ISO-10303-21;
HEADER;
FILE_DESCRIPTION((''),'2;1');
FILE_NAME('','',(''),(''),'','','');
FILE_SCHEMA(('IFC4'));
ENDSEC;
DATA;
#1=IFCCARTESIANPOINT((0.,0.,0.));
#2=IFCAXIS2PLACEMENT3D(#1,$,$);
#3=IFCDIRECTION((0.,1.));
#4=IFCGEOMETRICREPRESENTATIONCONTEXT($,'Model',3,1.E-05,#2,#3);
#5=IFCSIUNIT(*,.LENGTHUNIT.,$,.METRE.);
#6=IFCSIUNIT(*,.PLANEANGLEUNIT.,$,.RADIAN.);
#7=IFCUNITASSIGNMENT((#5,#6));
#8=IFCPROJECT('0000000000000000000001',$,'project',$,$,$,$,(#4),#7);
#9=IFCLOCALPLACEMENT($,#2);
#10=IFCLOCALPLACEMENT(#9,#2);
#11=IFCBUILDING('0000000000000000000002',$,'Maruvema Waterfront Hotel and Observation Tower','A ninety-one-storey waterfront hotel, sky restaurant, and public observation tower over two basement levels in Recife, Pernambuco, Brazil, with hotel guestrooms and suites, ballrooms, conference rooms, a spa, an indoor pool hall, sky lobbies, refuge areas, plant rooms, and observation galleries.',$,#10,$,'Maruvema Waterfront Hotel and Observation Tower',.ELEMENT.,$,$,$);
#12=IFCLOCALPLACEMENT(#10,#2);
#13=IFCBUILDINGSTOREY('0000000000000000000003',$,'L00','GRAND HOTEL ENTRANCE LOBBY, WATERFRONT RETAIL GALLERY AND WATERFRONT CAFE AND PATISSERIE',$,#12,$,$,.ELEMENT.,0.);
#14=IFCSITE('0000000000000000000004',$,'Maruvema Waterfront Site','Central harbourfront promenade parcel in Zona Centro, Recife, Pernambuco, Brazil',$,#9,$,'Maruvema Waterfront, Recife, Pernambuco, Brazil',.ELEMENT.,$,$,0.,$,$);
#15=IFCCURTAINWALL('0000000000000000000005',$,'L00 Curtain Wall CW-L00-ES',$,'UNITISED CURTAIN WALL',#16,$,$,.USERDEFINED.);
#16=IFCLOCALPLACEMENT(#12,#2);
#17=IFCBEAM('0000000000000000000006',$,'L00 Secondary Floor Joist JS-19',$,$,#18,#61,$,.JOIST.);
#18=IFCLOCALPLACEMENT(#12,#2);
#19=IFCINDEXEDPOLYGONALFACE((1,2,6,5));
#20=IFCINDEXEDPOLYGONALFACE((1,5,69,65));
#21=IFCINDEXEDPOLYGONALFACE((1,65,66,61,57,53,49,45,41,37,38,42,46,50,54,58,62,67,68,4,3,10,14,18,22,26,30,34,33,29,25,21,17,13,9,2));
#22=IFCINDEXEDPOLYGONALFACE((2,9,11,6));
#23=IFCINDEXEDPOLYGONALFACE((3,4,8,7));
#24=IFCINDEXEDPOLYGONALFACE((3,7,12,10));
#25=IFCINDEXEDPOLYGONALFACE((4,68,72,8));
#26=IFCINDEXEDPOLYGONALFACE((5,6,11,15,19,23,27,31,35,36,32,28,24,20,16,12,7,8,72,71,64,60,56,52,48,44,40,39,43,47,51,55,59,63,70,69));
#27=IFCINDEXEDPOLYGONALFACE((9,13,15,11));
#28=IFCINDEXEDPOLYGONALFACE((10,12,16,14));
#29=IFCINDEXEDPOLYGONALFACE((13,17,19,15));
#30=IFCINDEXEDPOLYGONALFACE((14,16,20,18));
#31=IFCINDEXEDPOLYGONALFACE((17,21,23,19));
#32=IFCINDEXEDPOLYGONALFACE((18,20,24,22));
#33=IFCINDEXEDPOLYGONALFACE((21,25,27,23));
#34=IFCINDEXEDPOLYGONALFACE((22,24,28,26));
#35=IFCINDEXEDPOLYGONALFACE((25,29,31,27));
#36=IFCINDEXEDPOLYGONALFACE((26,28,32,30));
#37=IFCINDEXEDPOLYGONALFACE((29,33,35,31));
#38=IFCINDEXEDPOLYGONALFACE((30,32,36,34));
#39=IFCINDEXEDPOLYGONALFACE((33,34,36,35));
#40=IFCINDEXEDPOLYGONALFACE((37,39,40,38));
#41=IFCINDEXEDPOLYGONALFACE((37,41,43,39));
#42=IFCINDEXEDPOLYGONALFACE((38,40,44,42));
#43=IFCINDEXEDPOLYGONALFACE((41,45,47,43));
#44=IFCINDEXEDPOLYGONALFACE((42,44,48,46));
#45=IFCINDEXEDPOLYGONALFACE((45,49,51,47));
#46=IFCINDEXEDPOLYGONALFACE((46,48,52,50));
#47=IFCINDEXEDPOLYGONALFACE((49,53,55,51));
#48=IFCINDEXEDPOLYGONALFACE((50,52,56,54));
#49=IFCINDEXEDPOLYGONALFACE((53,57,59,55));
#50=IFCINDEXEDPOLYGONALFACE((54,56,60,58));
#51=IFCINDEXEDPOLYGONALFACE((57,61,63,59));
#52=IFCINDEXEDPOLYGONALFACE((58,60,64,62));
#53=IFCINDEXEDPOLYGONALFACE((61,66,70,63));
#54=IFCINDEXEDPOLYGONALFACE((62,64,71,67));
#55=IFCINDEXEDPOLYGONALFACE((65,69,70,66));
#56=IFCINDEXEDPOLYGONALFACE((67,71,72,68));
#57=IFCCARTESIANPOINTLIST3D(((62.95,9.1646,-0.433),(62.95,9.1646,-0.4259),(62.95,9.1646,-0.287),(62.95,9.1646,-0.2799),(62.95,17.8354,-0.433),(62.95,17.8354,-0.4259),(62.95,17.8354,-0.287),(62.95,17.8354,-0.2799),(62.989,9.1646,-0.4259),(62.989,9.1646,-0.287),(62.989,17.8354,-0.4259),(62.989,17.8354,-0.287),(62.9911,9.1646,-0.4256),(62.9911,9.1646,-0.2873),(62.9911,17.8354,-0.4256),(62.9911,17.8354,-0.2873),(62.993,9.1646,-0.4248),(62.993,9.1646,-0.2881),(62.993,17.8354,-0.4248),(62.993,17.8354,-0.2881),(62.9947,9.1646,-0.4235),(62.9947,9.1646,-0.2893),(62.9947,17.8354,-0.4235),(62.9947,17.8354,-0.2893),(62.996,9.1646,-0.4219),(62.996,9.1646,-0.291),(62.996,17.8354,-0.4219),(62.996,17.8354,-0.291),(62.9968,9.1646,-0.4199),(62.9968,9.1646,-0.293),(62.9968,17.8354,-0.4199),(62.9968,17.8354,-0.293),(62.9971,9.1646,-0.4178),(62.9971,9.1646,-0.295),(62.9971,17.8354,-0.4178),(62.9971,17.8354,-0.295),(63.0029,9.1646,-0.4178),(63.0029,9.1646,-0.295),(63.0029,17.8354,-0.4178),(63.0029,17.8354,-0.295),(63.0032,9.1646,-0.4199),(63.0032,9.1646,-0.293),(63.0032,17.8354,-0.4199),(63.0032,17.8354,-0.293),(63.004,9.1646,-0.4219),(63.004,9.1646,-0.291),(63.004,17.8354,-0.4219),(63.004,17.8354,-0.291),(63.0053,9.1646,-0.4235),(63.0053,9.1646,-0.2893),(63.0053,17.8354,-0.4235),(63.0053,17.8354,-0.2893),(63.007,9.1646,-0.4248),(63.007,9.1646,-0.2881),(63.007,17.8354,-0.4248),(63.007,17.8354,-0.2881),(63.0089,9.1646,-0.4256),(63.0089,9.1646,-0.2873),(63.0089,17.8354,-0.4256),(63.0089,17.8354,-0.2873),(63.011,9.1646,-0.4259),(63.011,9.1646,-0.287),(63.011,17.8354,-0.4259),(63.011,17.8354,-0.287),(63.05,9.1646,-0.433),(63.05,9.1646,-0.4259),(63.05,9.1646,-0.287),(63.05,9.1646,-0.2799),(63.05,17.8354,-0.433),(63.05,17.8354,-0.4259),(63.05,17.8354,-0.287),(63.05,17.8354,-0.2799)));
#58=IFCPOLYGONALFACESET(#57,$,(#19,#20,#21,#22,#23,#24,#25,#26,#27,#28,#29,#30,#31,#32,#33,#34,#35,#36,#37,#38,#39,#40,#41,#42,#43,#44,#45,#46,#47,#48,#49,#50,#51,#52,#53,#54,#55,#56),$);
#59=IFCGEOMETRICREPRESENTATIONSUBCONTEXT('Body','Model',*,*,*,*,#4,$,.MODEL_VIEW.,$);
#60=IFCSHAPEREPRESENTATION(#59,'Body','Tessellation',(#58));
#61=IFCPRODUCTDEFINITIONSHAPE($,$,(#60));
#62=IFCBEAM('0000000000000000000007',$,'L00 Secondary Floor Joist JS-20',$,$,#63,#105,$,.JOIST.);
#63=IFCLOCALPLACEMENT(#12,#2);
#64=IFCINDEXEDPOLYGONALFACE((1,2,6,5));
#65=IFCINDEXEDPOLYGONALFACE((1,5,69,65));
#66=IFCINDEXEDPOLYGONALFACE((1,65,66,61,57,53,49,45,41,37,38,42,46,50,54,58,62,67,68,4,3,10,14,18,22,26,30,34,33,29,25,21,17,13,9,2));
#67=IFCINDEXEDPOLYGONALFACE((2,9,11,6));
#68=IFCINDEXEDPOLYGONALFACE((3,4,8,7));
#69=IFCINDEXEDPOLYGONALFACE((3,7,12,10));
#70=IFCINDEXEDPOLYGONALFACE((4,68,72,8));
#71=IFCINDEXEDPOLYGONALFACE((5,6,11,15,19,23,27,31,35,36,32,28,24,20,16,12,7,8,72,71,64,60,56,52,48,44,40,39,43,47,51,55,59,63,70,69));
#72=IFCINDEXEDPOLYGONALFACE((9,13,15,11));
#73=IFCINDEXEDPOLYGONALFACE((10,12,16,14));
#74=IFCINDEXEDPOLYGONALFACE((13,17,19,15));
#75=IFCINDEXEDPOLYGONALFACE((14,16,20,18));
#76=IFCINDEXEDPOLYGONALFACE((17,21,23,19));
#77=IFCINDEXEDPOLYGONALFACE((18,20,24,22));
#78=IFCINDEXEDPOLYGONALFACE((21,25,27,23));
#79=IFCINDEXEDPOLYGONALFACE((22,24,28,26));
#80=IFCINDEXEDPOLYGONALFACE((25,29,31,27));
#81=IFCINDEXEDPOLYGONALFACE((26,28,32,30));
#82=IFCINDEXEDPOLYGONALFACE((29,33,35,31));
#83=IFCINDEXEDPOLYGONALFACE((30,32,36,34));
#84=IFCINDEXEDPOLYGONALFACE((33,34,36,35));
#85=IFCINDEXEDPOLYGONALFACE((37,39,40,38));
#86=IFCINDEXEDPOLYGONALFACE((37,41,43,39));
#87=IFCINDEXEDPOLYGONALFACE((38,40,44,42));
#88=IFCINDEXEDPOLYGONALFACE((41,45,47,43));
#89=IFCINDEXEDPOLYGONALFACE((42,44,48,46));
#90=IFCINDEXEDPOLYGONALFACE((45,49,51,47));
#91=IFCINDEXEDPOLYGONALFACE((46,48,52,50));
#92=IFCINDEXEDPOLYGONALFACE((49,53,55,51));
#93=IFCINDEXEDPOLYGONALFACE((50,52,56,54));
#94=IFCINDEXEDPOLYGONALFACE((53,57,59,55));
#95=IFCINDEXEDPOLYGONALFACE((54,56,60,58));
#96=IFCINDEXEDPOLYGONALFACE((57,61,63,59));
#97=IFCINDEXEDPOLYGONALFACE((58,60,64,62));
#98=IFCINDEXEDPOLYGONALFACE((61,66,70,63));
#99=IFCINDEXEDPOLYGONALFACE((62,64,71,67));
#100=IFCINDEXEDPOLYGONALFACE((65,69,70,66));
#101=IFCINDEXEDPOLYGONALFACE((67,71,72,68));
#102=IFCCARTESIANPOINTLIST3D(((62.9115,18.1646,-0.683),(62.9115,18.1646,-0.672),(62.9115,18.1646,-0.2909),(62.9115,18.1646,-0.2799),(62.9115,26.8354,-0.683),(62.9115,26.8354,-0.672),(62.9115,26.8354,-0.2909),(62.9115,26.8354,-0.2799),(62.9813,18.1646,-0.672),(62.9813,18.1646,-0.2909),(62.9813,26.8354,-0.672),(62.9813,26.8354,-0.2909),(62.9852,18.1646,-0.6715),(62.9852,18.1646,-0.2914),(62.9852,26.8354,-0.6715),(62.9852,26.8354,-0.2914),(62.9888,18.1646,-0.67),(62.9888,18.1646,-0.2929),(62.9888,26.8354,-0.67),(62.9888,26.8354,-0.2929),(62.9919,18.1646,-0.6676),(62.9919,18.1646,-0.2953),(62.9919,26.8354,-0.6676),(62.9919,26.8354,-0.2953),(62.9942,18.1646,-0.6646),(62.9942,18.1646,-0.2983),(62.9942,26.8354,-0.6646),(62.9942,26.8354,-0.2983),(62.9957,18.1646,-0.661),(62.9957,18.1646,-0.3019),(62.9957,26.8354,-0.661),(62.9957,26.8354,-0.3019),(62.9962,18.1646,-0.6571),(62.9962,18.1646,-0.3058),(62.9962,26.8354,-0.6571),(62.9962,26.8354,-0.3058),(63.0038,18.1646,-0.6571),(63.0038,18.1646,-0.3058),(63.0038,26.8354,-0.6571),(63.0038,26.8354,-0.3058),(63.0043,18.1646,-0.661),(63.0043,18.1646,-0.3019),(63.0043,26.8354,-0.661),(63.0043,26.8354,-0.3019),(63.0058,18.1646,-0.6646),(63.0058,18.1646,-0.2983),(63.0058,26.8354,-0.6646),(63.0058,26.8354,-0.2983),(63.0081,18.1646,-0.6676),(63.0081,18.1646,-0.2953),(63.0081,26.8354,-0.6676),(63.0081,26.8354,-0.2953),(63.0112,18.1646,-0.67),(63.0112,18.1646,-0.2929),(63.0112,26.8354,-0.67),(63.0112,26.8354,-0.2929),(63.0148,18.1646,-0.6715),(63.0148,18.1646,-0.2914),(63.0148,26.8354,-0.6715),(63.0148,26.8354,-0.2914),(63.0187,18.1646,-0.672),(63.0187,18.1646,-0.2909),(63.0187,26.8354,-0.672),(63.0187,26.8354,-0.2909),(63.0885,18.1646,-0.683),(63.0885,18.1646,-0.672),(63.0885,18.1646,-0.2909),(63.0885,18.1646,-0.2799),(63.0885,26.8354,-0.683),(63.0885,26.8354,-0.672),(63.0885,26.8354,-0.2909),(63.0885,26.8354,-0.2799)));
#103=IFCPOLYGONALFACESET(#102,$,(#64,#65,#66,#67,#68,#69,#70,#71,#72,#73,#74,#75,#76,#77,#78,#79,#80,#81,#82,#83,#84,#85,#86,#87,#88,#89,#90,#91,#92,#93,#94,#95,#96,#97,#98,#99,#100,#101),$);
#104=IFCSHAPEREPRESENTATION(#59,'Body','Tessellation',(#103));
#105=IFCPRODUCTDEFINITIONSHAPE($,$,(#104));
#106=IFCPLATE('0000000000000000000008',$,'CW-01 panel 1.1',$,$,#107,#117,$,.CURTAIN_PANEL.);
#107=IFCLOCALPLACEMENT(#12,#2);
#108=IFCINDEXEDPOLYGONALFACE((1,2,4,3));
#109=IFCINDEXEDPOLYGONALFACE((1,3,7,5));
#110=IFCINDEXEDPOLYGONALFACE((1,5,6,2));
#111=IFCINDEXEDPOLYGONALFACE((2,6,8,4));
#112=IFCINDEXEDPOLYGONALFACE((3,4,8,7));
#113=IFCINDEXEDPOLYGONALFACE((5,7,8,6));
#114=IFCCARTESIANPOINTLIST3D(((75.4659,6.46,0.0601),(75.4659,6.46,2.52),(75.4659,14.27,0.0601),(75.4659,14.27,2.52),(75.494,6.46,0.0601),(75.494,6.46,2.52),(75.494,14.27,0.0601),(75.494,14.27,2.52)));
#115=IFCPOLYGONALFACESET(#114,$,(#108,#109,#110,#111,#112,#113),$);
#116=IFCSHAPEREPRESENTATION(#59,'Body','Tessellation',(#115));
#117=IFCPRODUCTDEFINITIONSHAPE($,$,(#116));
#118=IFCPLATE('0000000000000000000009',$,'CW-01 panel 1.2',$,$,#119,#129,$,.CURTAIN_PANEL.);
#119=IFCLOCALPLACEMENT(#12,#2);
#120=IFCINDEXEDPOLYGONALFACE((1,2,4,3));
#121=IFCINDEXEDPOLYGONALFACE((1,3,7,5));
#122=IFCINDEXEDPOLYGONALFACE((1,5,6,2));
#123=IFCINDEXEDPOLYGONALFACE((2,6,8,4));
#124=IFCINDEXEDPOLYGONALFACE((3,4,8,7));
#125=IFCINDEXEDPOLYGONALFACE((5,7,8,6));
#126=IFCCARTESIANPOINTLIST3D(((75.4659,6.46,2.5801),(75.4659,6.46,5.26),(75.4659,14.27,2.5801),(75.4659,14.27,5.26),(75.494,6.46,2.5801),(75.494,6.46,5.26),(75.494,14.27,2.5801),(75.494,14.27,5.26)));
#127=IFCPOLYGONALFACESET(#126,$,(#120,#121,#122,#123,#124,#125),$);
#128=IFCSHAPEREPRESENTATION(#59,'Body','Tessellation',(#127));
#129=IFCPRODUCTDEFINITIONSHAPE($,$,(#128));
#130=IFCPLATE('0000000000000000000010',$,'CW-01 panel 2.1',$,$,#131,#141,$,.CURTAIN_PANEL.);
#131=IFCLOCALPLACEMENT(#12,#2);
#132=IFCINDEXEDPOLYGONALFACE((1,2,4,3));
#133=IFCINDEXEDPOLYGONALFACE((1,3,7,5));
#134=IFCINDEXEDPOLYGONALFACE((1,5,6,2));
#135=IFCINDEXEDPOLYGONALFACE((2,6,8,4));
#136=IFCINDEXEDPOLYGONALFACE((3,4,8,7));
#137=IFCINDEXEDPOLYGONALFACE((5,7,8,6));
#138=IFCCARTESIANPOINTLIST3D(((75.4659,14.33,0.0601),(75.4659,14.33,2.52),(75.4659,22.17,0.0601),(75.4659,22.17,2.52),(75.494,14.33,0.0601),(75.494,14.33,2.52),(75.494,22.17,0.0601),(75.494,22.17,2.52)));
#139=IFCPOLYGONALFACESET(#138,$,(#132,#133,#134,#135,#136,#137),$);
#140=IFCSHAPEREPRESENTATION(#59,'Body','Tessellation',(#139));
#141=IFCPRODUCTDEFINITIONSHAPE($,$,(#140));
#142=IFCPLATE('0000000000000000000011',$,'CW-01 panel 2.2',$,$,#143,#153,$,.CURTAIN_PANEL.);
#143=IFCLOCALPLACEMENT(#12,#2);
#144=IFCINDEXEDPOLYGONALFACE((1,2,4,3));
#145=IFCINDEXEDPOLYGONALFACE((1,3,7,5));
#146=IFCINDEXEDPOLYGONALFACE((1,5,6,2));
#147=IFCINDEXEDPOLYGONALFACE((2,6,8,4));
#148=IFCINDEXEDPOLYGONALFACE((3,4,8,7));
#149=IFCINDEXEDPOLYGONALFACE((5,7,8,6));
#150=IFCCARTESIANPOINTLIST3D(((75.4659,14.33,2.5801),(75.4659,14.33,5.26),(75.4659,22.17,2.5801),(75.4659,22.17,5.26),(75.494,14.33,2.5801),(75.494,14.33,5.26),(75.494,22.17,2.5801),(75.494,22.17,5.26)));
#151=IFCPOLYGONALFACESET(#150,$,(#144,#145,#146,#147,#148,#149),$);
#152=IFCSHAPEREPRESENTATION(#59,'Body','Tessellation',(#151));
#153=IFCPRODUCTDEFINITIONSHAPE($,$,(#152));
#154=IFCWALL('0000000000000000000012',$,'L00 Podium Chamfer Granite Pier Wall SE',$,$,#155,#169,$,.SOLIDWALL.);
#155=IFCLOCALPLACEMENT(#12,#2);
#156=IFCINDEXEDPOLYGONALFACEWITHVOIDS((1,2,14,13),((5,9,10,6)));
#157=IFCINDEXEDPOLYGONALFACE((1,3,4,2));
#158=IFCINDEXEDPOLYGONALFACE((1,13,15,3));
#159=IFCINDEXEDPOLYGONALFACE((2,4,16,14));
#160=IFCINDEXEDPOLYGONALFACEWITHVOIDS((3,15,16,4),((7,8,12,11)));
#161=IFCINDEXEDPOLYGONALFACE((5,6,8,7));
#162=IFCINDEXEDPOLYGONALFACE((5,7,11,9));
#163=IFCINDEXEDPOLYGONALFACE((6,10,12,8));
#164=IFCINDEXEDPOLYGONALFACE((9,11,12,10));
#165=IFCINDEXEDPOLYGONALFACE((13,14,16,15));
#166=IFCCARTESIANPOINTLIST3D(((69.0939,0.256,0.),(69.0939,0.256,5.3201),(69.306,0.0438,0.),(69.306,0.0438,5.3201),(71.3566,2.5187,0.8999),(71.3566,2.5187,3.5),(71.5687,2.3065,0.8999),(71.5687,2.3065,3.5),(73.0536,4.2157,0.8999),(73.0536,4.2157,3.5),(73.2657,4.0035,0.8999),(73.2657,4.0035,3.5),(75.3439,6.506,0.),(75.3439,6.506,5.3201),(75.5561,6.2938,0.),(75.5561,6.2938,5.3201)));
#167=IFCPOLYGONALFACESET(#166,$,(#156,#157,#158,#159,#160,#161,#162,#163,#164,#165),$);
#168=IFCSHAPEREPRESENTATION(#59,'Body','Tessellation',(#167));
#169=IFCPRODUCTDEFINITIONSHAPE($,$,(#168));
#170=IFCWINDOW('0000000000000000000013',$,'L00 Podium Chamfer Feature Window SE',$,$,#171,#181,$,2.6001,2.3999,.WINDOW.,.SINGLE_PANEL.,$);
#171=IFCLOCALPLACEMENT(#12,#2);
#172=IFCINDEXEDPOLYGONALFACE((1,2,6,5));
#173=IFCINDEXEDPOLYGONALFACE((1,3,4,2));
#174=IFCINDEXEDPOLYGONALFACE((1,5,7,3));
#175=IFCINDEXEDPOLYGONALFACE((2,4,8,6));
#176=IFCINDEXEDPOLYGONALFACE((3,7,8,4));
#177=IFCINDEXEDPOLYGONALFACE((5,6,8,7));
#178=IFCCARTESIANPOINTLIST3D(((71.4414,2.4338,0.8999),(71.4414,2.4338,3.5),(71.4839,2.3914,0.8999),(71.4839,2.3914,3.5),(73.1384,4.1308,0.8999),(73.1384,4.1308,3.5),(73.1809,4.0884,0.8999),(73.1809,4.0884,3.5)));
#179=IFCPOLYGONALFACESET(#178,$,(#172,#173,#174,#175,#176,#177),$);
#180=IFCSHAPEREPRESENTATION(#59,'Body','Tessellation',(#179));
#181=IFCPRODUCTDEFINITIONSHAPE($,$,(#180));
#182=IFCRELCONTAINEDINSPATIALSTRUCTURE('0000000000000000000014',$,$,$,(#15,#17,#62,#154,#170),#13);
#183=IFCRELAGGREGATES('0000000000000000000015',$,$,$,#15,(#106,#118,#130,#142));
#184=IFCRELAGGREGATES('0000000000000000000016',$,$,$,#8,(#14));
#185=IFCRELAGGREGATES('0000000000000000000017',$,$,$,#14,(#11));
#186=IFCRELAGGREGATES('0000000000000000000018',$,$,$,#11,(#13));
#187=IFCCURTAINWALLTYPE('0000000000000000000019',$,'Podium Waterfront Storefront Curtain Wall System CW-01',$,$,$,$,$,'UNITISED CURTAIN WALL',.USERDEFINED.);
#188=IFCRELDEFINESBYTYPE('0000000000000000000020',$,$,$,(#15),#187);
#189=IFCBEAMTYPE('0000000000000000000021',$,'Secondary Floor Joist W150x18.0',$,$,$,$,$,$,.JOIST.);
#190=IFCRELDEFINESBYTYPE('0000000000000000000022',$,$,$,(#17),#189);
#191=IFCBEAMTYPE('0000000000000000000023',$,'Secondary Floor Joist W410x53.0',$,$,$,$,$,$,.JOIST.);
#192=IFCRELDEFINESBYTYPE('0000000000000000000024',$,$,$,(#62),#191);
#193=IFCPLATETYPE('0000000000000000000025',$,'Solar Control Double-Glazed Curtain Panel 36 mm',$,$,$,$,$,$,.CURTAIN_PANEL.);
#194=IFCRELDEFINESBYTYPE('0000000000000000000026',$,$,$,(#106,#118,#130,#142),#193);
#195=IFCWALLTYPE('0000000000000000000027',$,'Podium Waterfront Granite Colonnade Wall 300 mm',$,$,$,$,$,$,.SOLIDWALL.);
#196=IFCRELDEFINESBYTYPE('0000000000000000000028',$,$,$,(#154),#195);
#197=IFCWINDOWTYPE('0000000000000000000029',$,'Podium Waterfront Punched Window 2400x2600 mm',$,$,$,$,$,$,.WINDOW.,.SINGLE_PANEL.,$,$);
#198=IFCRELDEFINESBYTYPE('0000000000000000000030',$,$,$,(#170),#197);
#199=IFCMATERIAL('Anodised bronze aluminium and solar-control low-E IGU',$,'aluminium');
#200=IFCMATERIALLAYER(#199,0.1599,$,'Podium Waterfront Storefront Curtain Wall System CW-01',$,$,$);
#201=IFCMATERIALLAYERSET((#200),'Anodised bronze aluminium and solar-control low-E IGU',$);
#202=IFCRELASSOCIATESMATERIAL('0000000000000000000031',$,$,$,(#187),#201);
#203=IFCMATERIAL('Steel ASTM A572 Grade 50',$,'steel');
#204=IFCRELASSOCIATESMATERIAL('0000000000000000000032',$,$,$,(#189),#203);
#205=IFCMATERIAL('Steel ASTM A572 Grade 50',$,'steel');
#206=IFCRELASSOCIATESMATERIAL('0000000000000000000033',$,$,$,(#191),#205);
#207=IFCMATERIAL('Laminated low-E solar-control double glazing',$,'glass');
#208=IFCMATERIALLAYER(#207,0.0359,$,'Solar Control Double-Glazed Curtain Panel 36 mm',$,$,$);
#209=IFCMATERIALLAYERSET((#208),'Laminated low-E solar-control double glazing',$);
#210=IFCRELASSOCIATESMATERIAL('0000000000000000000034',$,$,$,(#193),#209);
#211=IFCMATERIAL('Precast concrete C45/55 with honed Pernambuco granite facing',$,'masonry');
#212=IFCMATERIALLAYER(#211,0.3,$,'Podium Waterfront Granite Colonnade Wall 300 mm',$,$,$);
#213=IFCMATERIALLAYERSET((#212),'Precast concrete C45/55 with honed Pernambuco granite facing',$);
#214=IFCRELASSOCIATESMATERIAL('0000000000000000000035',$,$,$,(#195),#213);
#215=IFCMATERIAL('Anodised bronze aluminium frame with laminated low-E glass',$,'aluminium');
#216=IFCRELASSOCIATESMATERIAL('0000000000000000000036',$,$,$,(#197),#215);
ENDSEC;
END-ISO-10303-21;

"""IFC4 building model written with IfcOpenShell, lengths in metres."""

from ifc_helpers import new_model, si_unit, direction, frame, frame_2d, origin, origin_2d, place, context, subcontext, project, spatial, rectangle, i_section, extrude, material, layer, layer_set, material_profile, profile_set, type_object, element, fill, aggregate, save


model = new_model("IFC4")

# Units and contexts
model_context = context("Model", 3, precision=1e-05, world=origin(), true_north=direction((0.0, 1.0)))
body_context = subcontext(model_context, "Body", "Model", "MODEL_VIEW")
ifc_project = project(units=[si_unit("LENGTHUNIT", "METRE"), si_unit("PLANEANGLEUNIT", "RADIAN")], contexts=[model_context])

# Site, building, storey
site_placement = place(None, origin())
site = spatial("IfcSite", under=ifc_project, at=site_placement, Name="Maruvema Waterfront Site", Description="Central harbourfront promenade parcel in Zona Centro, Recife, Pernambuco, Brazil", LongName="Maruvema Waterfront, Recife, Pernambuco, Brazil", CompositionType="ELEMENT", RefElevation=0.0)
building_placement = place(site_placement, origin())
building = spatial("IfcBuilding", under=site, at=building_placement, Name="Maruvema Waterfront Hotel and Observation Tower", Description="A ninety-one-storey waterfront hotel, sky restaurant, and public observation tower over two basement levels in Recife, Pernambuco, Brazil, with hotel guestrooms and suites, ballrooms, conference rooms, a spa, an indoor pool hall, sky lobbies, refuge areas, plant rooms, and observation galleries.", LongName="Maruvema Waterfront Hotel and Observation Tower", CompositionType="ELEMENT")
storey_placement = place(building_placement, origin())
storey = spatial("IfcBuildingStorey", under=building, at=storey_placement, Name="L00", Description="GRAND HOTEL ENTRANCE LOBBY, WATERFRONT RETAIL GALLERY AND WATERFRONT CAFE AND PATISSERIE", CompositionType="ELEMENT", Elevation=0.0)

# Curtain wall
ifc_material_1 = material(Name="Anodised bronze aluminium and solar-control low-E IGU", Category="aluminium")
ifc_layer_1 = layer(ifc_material_1, 0.1599, Name="Podium Waterfront Storefront Curtain Wall System CW-01")
ifc_layer_set_1 = layer_set([ifc_layer_1], Name="Anodised bronze aluminium and solar-control low-E IGU")
curtain_wall_type = type_object("IfcCurtainWallType", Name="Podium Waterfront Storefront Curtain Wall System CW-01", ElementType="UNITISED CURTAIN WALL", PredefinedType="USERDEFINED", material=ifc_layer_set_1)
curtain_wall_placement = place(storey_placement, origin())
curtain_wall = element("IfcCurtainWall", 1, at=curtain_wall_placement, inside=storey, type_object=curtain_wall_type, Name="L00 Curtain Wall CW-L00-ES", ObjectType="UNITISED CURTAIN WALL", PredefinedType="USERDEFINED")

# Beams
ifc_material_2 = material(Name="Steel ASTM A572 Grade 50", Category="steel")
ifc_material_profile_1 = material_profile(ifc_material_2, i_section(OverallWidth=0.1001, OverallDepth=0.1531, WebThickness=0.0059, FlangeThickness=0.0071, FilletRadius=0.0081, at=origin_2d()), Name="W150x18.0")
ifc_profile_set_1 = profile_set([ifc_material_profile_1], Name="Steel ASTM A572 Grade 50")
beam_type_1 = type_object("IfcBeamType", Name="Secondary Floor Joist W150x18.0", PredefinedType="JOIST", material=ifc_profile_set_1)
beam_1_placement = place(storey_placement, frame((63.0, 9.1646, -0.3564), z_axis=(0.0, 1.0, 0.0), x_axis=(-1.0, 0.0, 0.0)))
element("IfcBeam", 2, at=beam_1_placement, inside=storey, type_object=beam_type_1, Name="L00 Secondary Floor Joist JS-19", PredefinedType="JOIST", context=body_context, shape_type="SweptSolid", body=[
    extrude(i_section(OverallWidth=0.1001, OverallDepth=0.1531, WebThickness=0.0059, FlangeThickness=0.0071, FilletRadius=0.0081, at=origin_2d()), origin(), (0.0, 0.0, 1.0), 8.6709),
])
ifc_material_3 = material(Name="Steel ASTM A572 Grade 50", Category="steel")
ifc_material_profile_2 = material_profile(ifc_material_3, i_section(OverallWidth=0.177, OverallDepth=0.4031, WebThickness=0.0076, FlangeThickness=0.011, FilletRadius=0.0149, at=origin_2d()), Name="W410x53.0")
ifc_profile_set_2 = profile_set([ifc_material_profile_2], Name="Steel ASTM A572 Grade 50")
beam_type_2 = type_object("IfcBeamType", Name="Secondary Floor Joist W410x53.0", PredefinedType="JOIST", material=ifc_profile_set_2)
beam_2_placement = place(storey_placement, frame((63.0, 18.1646, -0.4814), z_axis=(0.0, 1.0, 0.0), x_axis=(-1.0, 0.0, 0.0)))
element("IfcBeam", 3, at=beam_2_placement, inside=storey, type_object=beam_type_2, Name="L00 Secondary Floor Joist JS-20", PredefinedType="JOIST", context=body_context, shape_type="SweptSolid", body=[
    extrude(i_section(OverallWidth=0.177, OverallDepth=0.4031, WebThickness=0.0076, FlangeThickness=0.011, FilletRadius=0.0149, at=origin_2d()), origin(), (0.0, 0.0, 1.0), 8.6709),
])

# Plates
ifc_material_4 = material(Name="Laminated low-E solar-control double glazing", Category="glass")
ifc_layer_2 = layer(ifc_material_4, 0.0359, Name="Solar Control Double-Glazed Curtain Panel 36 mm")
ifc_layer_set_2 = layer_set([ifc_layer_2], Name="Laminated low-E solar-control double glazing")
plate_type = type_object("IfcPlateType", Name="Solar Control Double-Glazed Curtain Panel 36 mm", PredefinedType="CURTAIN_PANEL", material=ifc_layer_set_2)
plate_1_placement = place(storey_placement, frame((75.48, 10.365, 0.0601), z_axis=(0.0, 0.0, 1.0), x_axis=(0.0, 1.0, 0.0)))
plate_1 = element("IfcPlate", 4, at=plate_1_placement, type_object=plate_type, Name="CW-01 panel 1.1", PredefinedType="CURTAIN_PANEL", context=body_context, shape_type="SweptSolid", body=[
    extrude(rectangle(XDim=7.8101, YDim=0.0281, at=origin_2d()), origin(), (0.0, 0.0, 1.0), 2.46),
])
plate_2_placement = place(storey_placement, frame((75.48, 10.365, 2.5801), z_axis=(0.0, 0.0, 1.0), x_axis=(0.0, 1.0, 0.0)))
plate_2 = element("IfcPlate", 5, at=plate_2_placement, type_object=plate_type, Name="CW-01 panel 1.2", PredefinedType="CURTAIN_PANEL", context=body_context, shape_type="SweptSolid", body=[
    extrude(rectangle(XDim=7.8101, YDim=0.0281, at=origin_2d()), origin(), (0.0, 0.0, 1.0), 2.6799),
])
plate_3_placement = place(storey_placement, frame((75.48, 18.25, 0.0601), z_axis=(0.0, 0.0, 1.0), x_axis=(0.0, 1.0, 0.0)))
plate_3 = element("IfcPlate", 6, at=plate_3_placement, type_object=plate_type, Name="CW-01 panel 2.1", PredefinedType="CURTAIN_PANEL", context=body_context, shape_type="SweptSolid", body=[
    extrude(rectangle(XDim=7.8401, YDim=0.0281, at=origin_2d()), origin(), (0.0, 0.0, 1.0), 2.46),
])
plate_4_placement = place(storey_placement, frame((75.48, 18.25, 2.5801), z_axis=(0.0, 0.0, 1.0), x_axis=(0.0, 1.0, 0.0)))
plate_4 = element("IfcPlate", 7, at=plate_4_placement, type_object=plate_type, Name="CW-01 panel 2.2", PredefinedType="CURTAIN_PANEL", context=body_context, shape_type="SweptSolid", body=[
    extrude(rectangle(XDim=7.8401, YDim=0.0281, at=origin_2d()), origin(), (0.0, 0.0, 1.0), 2.6799),
])
aggregate(curtain_wall, [plate_1, plate_2, plate_3, plate_4])

# Wall, opening, window
ifc_material_5 = material(Name="Precast concrete C45/55 with honed Pernambuco granite facing", Category="masonry")
ifc_layer_3 = layer(ifc_material_5, 0.3, Name="Podium Waterfront Granite Colonnade Wall 300 mm")
ifc_layer_set_3 = layer_set([ifc_layer_3], Name="Precast concrete C45/55 with honed Pernambuco granite facing")
wall_type = type_object("IfcWallType", Name="Podium Waterfront Granite Colonnade Wall 300 mm", PredefinedType="SOLIDWALL", material=ifc_layer_set_3)
wall_1_placement = place(storey_placement, frame((69.2, 0.1499, 0.0), z_axis=(0.0, 0.0, 1.0), x_axis=(0.707107, 0.707107, 0.0)))
wall_1 = element("IfcWall", 8, at=wall_1_placement, inside=storey, type_object=wall_type, Name="L00 Podium Chamfer Granite Pier Wall SE", PredefinedType="SOLIDWALL", context=body_context, shape_type="SweptSolid", body=[
    extrude(rectangle(XDim=8.8389, YDim=0.3, at=frame_2d((4.4194, 0.0))), origin(), (0.0, 0.0, 1.0), 5.3201),
])
opening_1_placement = place(wall_1_placement, frame((3.2, 0.0, 0.8999)))
opening_1 = element("IfcOpeningElement", 9, at=opening_1_placement, cuts=wall_1, PredefinedType="OPENING", context=body_context, shape_type="SweptSolid", body=[
    extrude(rectangle(XDim=2.3999, YDim=2.6001, at=frame_2d((1.2, 1.3))), frame((0.0, 0.1602, 0.0), z_axis=(0.0, -1.0, 0.0), x_axis=(1.0, 0.0, 0.0)), (0.0, 0.0, 1.0), 0.3201),
])
ifc_material_6 = material(Name="Anodised bronze aluminium frame with laminated low-E glass", Category="aluminium")
window_type = type_object("IfcWindowType", Name="Podium Waterfront Punched Window 2400x2600 mm", PartitioningType="SINGLE_PANEL", PredefinedType="WINDOW", material=ifc_material_6)
window_1_placement = place(opening_1_placement, origin())
window_1 = element("IfcWindow", 10, at=window_1_placement, inside=storey, type_object=window_type, Name="L00 Podium Chamfer Feature Window SE", OverallHeight=2.6001, OverallWidth=2.3999, PartitioningType="SINGLE_PANEL", PredefinedType="WINDOW", context=body_context, shape_type="SweptSolid", body=[
    extrude(rectangle(XDim=2.3999, YDim=2.6001, at=frame_2d((1.2, 1.3))), frame((0.0, 0.03, 0.0), z_axis=(0.0, -1.0, 0.0), x_axis=(1.0, 0.0, 0.0)), (0.0, 0.0, 1.0), 0.0601),
])
fill(opening_1, window_1)

save(model, "model.ifc")
